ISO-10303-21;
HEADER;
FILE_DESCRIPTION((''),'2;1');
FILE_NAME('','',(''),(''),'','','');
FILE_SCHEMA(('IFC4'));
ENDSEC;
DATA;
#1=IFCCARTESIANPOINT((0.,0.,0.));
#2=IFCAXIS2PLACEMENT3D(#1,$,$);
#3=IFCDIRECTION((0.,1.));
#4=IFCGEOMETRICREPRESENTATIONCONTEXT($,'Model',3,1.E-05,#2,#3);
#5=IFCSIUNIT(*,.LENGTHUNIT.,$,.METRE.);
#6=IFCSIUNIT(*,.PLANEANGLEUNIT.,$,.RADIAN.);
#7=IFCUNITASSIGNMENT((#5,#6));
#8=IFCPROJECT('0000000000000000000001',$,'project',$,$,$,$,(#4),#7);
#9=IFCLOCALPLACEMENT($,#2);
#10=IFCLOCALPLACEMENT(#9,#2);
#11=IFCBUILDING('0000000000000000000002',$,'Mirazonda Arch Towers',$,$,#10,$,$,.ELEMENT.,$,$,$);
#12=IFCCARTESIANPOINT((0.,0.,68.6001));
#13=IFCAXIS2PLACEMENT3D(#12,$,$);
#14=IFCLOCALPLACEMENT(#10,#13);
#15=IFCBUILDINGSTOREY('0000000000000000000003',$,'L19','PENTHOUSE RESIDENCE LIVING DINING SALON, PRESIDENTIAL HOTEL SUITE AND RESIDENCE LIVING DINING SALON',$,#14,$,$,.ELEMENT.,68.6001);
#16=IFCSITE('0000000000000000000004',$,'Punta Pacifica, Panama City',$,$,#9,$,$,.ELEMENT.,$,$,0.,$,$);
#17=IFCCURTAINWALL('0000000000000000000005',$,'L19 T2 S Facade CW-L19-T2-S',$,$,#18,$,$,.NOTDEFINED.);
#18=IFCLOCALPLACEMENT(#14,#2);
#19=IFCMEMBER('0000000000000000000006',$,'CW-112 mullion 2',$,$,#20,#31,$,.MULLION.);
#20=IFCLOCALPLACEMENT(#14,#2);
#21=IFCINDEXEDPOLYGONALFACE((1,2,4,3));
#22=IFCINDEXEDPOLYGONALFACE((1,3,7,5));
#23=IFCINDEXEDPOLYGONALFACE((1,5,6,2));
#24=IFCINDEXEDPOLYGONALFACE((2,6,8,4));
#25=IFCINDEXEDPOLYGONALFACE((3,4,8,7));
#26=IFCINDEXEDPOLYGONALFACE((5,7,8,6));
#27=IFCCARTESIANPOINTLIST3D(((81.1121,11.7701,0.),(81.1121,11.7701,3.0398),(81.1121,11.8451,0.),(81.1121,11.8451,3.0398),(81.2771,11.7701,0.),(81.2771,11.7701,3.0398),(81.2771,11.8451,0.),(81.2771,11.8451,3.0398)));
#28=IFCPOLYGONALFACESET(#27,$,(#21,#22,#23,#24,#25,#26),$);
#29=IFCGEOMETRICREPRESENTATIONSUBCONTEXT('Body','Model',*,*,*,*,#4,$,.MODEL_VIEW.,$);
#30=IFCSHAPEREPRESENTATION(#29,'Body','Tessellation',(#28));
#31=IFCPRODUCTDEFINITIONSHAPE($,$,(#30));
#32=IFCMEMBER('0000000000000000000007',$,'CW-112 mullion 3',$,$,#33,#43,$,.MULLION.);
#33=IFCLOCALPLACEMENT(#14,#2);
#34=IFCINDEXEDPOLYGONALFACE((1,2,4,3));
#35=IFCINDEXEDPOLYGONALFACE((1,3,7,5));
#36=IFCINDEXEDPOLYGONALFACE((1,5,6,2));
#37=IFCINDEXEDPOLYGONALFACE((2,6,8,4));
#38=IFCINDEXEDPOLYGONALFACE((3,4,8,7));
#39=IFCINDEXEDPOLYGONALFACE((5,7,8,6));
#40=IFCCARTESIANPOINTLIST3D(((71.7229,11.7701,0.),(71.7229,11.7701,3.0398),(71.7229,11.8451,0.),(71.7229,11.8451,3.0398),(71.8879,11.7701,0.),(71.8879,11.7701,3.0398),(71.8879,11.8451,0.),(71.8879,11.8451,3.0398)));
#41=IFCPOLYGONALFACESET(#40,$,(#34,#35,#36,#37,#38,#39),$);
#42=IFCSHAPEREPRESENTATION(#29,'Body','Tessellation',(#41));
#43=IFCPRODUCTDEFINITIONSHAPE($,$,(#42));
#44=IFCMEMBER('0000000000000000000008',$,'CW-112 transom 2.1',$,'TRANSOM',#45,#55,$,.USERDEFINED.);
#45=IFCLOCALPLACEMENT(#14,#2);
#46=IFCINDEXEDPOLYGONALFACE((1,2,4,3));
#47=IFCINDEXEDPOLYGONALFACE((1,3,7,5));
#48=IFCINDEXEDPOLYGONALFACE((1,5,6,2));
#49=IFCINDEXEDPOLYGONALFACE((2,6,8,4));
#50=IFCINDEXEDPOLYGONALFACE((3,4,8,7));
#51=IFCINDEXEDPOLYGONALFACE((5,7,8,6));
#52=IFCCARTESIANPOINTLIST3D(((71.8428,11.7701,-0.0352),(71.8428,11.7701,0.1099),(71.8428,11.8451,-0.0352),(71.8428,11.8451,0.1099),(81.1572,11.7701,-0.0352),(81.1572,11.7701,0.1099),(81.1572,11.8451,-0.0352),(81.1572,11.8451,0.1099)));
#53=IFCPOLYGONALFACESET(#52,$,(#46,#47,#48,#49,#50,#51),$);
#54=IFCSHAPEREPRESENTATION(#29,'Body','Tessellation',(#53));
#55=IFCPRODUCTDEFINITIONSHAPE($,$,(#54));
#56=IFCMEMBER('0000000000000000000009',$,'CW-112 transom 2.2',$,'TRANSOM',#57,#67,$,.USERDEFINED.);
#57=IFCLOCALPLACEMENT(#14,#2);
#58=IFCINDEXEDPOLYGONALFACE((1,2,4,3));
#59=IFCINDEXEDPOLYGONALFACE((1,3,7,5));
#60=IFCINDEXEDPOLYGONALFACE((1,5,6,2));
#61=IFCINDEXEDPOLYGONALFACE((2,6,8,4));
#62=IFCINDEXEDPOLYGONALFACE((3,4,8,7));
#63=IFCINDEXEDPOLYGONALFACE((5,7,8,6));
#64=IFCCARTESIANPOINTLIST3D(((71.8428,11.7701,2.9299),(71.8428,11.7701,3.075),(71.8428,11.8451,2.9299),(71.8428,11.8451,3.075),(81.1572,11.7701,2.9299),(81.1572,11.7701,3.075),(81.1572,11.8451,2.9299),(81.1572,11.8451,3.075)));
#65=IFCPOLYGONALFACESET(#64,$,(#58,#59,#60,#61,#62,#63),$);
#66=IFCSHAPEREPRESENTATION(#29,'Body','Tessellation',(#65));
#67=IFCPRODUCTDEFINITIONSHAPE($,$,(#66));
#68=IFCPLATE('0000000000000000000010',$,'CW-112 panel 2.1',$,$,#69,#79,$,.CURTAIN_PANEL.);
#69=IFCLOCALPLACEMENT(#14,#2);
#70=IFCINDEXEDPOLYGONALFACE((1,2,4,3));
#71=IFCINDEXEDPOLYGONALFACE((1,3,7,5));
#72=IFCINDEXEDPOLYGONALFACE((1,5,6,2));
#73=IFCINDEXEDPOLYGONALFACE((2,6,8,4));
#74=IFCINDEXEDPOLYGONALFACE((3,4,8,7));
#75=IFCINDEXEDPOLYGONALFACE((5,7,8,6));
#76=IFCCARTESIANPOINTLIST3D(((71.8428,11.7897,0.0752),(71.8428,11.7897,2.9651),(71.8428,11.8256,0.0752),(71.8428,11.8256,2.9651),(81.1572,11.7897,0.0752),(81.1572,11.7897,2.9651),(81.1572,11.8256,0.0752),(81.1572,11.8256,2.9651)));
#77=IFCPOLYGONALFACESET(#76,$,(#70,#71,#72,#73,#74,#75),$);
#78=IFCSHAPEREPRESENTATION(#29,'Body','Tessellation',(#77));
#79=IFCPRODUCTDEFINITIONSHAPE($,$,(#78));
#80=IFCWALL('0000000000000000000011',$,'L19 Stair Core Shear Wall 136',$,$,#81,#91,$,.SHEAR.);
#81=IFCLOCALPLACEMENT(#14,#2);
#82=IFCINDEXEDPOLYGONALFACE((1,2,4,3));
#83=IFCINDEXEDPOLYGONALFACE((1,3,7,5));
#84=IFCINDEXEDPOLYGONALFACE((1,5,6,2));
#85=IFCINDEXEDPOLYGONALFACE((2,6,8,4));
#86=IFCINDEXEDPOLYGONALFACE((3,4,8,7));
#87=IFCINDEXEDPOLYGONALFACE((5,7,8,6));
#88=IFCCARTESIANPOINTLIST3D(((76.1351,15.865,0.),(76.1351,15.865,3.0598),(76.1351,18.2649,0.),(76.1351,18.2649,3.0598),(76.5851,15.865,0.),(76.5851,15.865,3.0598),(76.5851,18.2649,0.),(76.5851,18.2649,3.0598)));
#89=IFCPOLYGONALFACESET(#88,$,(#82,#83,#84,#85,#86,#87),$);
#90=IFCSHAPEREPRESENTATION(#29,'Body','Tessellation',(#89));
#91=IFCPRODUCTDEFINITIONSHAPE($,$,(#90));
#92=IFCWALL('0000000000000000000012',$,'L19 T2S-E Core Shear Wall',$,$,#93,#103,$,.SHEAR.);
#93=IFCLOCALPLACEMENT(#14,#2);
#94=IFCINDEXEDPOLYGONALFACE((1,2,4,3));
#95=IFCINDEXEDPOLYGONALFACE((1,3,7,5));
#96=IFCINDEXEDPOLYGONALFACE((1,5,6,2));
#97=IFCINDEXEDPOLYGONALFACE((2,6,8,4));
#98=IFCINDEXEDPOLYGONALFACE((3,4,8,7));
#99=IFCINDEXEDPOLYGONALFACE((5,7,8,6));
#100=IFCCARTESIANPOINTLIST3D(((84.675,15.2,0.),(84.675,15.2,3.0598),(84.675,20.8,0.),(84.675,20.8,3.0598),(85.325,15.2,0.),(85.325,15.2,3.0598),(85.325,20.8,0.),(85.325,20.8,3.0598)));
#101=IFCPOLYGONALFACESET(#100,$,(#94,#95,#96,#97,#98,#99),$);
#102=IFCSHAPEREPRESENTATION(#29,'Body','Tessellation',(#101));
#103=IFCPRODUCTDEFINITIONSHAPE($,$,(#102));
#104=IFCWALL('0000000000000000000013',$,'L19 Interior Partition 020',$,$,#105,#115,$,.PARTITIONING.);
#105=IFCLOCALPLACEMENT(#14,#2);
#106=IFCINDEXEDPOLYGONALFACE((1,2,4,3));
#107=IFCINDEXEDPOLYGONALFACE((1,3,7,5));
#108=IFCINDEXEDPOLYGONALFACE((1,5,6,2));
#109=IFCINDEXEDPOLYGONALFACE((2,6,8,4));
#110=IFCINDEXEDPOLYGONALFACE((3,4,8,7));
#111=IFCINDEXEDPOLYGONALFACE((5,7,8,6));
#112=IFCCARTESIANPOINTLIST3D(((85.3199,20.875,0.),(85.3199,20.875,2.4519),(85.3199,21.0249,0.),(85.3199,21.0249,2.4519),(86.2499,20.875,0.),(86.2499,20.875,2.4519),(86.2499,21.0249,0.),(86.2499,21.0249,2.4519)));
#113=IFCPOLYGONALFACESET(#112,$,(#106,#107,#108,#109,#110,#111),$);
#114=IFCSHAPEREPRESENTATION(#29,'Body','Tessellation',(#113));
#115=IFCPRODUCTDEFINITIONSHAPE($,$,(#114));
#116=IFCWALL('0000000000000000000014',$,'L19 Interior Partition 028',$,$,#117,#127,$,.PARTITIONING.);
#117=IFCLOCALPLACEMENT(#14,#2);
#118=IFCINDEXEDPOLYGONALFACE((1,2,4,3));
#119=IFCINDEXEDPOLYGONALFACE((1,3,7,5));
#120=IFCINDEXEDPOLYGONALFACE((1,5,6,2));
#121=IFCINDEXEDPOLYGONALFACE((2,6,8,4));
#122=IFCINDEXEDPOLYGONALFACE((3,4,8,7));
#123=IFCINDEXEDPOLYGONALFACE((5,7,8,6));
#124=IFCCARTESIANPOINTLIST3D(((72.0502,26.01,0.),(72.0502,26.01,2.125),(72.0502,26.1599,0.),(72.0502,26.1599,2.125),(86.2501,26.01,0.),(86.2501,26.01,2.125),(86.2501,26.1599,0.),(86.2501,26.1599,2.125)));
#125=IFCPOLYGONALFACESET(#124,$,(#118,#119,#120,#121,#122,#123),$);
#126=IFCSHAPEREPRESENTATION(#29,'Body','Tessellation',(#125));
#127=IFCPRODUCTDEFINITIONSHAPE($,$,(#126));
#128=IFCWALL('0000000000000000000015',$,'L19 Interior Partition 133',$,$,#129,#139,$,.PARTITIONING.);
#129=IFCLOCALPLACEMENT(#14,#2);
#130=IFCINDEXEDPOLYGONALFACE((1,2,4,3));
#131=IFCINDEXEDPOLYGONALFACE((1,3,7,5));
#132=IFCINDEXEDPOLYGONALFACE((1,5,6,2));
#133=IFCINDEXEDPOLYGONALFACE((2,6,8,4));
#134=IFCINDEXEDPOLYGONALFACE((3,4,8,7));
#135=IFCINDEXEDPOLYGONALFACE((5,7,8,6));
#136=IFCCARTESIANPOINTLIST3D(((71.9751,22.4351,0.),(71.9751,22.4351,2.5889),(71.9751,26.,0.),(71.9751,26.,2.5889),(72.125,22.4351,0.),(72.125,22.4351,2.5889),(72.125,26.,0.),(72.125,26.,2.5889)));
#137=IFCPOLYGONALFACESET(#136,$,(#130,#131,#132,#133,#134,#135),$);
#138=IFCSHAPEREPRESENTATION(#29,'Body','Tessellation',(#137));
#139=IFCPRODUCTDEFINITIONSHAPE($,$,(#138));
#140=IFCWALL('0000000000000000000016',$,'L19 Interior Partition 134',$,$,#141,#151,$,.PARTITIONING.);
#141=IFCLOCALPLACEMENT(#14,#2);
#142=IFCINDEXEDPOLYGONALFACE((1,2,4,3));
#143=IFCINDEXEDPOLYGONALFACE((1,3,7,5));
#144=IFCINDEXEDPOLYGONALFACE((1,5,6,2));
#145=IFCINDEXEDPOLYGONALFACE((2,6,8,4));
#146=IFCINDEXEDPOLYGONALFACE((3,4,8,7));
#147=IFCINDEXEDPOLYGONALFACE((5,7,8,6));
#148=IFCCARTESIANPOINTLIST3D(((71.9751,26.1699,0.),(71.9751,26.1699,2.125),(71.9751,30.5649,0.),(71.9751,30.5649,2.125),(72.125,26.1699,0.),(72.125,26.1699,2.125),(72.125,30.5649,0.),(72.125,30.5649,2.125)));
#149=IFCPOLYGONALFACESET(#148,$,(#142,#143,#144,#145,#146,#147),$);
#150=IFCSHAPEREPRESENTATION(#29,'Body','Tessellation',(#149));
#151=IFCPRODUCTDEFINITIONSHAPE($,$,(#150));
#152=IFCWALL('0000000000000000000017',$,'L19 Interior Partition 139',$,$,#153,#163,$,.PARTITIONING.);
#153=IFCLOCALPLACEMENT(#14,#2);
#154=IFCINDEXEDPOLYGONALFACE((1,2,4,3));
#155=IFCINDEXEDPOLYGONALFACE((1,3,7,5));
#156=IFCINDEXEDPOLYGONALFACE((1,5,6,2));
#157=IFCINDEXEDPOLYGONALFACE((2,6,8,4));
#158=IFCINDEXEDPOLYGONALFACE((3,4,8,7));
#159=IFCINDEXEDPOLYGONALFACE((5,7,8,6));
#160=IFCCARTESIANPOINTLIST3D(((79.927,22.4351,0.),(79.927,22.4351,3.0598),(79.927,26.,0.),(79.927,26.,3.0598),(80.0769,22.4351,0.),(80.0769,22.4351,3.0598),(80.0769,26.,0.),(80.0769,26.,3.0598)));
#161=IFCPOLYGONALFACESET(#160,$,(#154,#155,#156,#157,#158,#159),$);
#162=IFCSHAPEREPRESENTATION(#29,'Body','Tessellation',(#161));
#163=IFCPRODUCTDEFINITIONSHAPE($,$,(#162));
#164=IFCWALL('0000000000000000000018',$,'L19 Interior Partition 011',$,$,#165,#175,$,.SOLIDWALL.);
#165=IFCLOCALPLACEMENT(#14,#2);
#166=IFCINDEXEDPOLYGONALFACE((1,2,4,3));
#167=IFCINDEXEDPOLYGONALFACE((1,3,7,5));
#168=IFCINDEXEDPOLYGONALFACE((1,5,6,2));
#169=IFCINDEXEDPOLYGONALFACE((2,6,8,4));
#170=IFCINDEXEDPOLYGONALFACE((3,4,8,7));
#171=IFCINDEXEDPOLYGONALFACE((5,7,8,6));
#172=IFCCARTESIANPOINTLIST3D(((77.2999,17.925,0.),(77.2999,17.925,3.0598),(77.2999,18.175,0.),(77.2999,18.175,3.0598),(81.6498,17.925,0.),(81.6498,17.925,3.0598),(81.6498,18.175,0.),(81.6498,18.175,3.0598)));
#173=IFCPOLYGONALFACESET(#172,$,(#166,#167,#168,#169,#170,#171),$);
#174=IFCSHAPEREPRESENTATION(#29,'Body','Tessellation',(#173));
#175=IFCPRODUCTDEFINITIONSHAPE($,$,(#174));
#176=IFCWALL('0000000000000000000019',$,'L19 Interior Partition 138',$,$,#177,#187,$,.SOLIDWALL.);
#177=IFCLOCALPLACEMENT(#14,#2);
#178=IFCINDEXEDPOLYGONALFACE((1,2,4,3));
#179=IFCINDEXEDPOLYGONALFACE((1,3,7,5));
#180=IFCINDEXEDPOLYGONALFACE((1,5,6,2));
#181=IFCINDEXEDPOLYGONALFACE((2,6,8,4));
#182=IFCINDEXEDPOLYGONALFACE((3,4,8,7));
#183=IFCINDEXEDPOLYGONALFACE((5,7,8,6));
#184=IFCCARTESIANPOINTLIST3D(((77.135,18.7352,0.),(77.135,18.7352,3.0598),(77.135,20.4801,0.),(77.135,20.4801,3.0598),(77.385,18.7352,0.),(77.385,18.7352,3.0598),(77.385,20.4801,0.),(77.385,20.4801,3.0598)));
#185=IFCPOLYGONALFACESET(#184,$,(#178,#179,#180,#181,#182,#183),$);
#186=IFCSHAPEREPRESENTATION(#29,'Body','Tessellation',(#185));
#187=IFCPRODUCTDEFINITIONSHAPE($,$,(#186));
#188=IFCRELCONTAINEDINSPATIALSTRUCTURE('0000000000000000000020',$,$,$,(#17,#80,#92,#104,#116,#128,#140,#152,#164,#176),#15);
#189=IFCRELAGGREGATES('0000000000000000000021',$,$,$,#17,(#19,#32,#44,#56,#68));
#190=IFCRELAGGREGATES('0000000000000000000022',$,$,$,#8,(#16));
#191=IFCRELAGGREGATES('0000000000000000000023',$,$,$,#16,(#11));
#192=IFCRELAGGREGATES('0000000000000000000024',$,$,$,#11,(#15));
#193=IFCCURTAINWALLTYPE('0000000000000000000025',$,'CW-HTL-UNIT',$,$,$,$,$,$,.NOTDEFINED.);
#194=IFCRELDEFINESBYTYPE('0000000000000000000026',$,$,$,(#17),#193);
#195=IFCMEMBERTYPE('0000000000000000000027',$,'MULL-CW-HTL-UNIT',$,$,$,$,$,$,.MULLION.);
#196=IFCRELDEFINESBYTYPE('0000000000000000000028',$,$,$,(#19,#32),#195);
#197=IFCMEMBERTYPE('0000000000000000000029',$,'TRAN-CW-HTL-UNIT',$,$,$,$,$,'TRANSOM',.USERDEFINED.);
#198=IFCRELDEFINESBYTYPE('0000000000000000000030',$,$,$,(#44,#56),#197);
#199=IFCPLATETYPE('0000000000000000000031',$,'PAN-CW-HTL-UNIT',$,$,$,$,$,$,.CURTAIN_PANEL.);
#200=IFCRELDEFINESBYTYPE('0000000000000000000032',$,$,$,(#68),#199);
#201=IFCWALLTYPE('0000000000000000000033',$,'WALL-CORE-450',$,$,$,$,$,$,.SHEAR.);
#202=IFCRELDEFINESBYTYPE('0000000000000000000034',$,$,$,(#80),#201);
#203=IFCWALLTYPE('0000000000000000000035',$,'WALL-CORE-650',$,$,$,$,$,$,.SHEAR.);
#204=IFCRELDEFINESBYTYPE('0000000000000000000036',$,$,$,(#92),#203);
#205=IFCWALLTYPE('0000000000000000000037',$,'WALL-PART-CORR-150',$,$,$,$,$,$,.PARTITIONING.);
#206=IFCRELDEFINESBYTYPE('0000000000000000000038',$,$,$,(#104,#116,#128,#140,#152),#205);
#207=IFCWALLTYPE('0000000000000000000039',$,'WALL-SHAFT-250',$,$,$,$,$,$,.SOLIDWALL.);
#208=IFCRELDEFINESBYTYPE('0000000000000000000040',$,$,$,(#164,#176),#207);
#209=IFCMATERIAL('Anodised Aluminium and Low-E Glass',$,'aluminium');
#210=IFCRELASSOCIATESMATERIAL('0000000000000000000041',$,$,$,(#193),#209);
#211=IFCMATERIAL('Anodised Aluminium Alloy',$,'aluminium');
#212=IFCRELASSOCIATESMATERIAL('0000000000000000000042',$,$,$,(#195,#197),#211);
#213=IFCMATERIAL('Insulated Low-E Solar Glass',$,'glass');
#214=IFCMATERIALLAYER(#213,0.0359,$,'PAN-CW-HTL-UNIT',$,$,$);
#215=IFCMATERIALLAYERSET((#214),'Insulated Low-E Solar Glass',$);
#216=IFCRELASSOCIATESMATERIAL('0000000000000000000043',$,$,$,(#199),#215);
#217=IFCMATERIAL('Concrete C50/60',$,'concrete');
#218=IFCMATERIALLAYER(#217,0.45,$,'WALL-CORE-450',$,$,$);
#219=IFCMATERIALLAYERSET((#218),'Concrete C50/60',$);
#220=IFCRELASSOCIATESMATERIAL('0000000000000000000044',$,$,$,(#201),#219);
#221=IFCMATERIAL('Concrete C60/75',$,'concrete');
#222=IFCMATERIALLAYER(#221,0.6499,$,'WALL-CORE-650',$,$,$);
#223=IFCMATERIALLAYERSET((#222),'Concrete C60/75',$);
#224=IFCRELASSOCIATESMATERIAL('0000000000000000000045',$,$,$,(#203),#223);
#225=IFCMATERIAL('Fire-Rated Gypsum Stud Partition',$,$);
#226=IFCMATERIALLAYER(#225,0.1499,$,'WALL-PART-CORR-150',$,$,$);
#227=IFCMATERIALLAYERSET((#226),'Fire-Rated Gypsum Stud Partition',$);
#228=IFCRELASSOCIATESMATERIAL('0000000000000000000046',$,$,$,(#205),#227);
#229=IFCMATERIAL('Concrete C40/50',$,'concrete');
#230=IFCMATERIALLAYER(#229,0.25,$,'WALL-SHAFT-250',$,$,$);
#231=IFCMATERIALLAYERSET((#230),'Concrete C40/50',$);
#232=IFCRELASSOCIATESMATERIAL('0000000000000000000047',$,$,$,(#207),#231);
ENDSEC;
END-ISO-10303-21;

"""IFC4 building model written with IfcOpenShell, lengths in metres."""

from ifc_helpers import new_model, si_unit, direction, frame, frame_2d, origin, origin_2d, place, context, subcontext, project, spatial, rectangle, extrude, material, layer, layer_set, material_profile, profile_set, type_object, element, aggregate, save


model = new_model("IFC4")

# Units and contexts
model_context = context("Model", 3, precision=1e-05, world=origin(), true_north=direction((0.0, 1.0)))
body_context = subcontext(model_context, "Body", "Model", "MODEL_VIEW")
ifc_project = project(units=[si_unit("LENGTHUNIT", "METRE"), si_unit("PLANEANGLEUNIT", "RADIAN")], contexts=[model_context])

# Site, building, storey
site_placement = place(None, origin())
site = spatial("IfcSite", under=ifc_project, at=site_placement, Name="Punta Pacifica, Panama City", CompositionType="ELEMENT", RefElevation=0.0)
building_placement = place(site_placement, origin())
building = spatial("IfcBuilding", under=site, at=building_placement, Name="Mirazonda Arch Towers", CompositionType="ELEMENT")
storey_placement = place(building_placement, frame((0.0, 0.0, 68.6001)))
storey = spatial("IfcBuildingStorey", under=building, at=storey_placement, Name="L19", Description="PENTHOUSE RESIDENCE LIVING DINING SALON, PRESIDENTIAL HOTEL SUITE AND RESIDENCE LIVING DINING SALON", CompositionType="ELEMENT", Elevation=68.6001)

# Shared definitions
ifc_material_1 = material(Name="Concrete C60/75", Category="concrete")

# Curtain wall, members, plate
ifc_material_2 = material(Name="Anodised Aluminium and Low-E Glass", Category="aluminium")
curtain_wall_type = type_object("IfcCurtainWallType", Name="CW-HTL-UNIT", PredefinedType="NOTDEFINED", material=ifc_material_2)
curtain_wall_placement = place(storey_placement, origin())
curtain_wall = element("IfcCurtainWall", 1, at=curtain_wall_placement, inside=storey, type_object=curtain_wall_type, Name="L19 T2 S Facade CW-L19-T2-S", PredefinedType="NOTDEFINED")
ifc_material_3 = material(Name="Anodised Aluminium Alloy", Category="aluminium")
ifc_material_profile_1 = material_profile(ifc_material_3, rectangle(XDim=0.075, YDim=0.165, at=origin_2d()), Name="ALU-MULL-75x165")
ifc_profile_set_1 = profile_set([ifc_material_profile_1], Name="Anodised Aluminium Alloy")
member_type_1 = type_object("IfcMemberType", Name="MULL-CW-HTL-UNIT", PredefinedType="MULLION", material=ifc_profile_set_1)
member_1_placement = place(storey_placement, frame((81.1946, 11.8076, 0.0), z_axis=(0.0, 0.0, 1.0), x_axis=(0.0, -1.0, 0.0)))
member_1 = element("IfcMember", 2, at=member_1_placement, type_object=member_type_1, Name="CW-112 mullion 2", PredefinedType="MULLION", context=body_context, shape_type="SweptSolid", body=[
    extrude(rectangle(XDim=0.075, YDim=0.165, at=origin_2d()), origin(), (0.0, 0.0, 1.0), 3.0398),
])
member_2_placement = place(storey_placement, frame((71.8054, 11.8076, 0.0), z_axis=(0.0, 0.0, 1.0), x_axis=(0.0, -1.0, 0.0)))
member_2 = element("IfcMember", 3, at=member_2_placement, type_object=member_type_1, Name="CW-112 mullion 3", PredefinedType="MULLION", context=body_context, shape_type="SweptSolid", body=[
    extrude(rectangle(XDim=0.075, YDim=0.165, at=origin_2d()), origin(), (0.0, 0.0, 1.0), 3.0398),
])
ifc_material_profile_2 = material_profile(ifc_material_3, rectangle(XDim=0.075, YDim=0.145, at=origin_2d()), Name="ALU-TRAN-75x145")
ifc_profile_set_2 = profile_set([ifc_material_profile_2], Name="Anodised Aluminium Alloy")
member_type_2 = type_object("IfcMemberType", Name="TRAN-CW-HTL-UNIT", ElementType="TRANSOM", PredefinedType="USERDEFINED", material=ifc_profile_set_2)
member_3_placement = place(storey_placement, frame((81.1572, 11.8076, 0.0374), z_axis=(-1.0, 0.0, 0.0), x_axis=(0.0, -1.0, 0.0)))
member_3 = element("IfcMember", 4, at=member_3_placement, type_object=member_type_2, Name="CW-112 transom 2.1", ObjectType="TRANSOM", PredefinedType="USERDEFINED", context=body_context, shape_type="SweptSolid", body=[
    extrude(rectangle(XDim=0.075, YDim=0.145, at=origin_2d()), origin(), (0.0, 0.0, 1.0), 9.3145),
])
member_4_placement = place(storey_placement, frame((81.1572, 11.8076, 3.0024), z_axis=(-1.0, 0.0, 0.0), x_axis=(0.0, -1.0, 0.0)))
member_4 = element("IfcMember", 5, at=member_4_placement, type_object=member_type_2, Name="CW-112 transom 2.2", ObjectType="TRANSOM", PredefinedType="USERDEFINED", context=body_context, shape_type="SweptSolid", body=[
    extrude(rectangle(XDim=0.075, YDim=0.145, at=origin_2d()), origin(), (0.0, 0.0, 1.0), 9.3145),
])
ifc_material_4 = material(Name="Insulated Low-E Solar Glass", Category="glass")
ifc_layer_1 = layer(ifc_material_4, 0.0359, Name="PAN-CW-HTL-UNIT")
ifc_layer_set_1 = layer_set([ifc_layer_1], Name="Insulated Low-E Solar Glass")
plate_type = type_object("IfcPlateType", Name="PAN-CW-HTL-UNIT", PredefinedType="CURTAIN_PANEL", material=ifc_layer_set_1)
plate_placement = place(storey_placement, frame((76.5, 11.8076, 0.0752), z_axis=(0.0, 0.0, 1.0), x_axis=(-1.0, 0.0, 0.0)))
plate = element("IfcPlate", 6, at=plate_placement, type_object=plate_type, Name="CW-112 panel 2.1", PredefinedType="CURTAIN_PANEL", context=body_context, shape_type="SweptSolid", body=[
    extrude(rectangle(XDim=9.3145, YDim=0.0359, at=origin_2d()), origin(), (0.0, 0.0, 1.0), 2.8899),
])
aggregate(curtain_wall, [member_1, member_2, member_3, member_4, plate])

# Walls
ifc_material_5 = material(Name="Concrete C50/60", Category="concrete")
ifc_layer_2 = layer(ifc_material_5, 0.45, Name="WALL-CORE-450")
ifc_layer_set_2 = layer_set([ifc_layer_2], Name="Concrete C50/60")
wall_type_1 = type_object("IfcWallType", Name="WALL-CORE-450", PredefinedType="SHEAR", material=ifc_layer_set_2)
wall_1_placement = place(storey_placement, frame((76.3601, 15.865, 0.0), z_axis=(0.0, 0.0, 1.0), x_axis=(0.0, 1.0, 0.0)))
element("IfcWall", 7, at=wall_1_placement, inside=storey, type_object=wall_type_1, Name="L19 Stair Core Shear Wall 136", PredefinedType="SHEAR", context=body_context, shape_type="SweptSolid", body=[
    extrude(rectangle(XDim=2.3999, YDim=0.45, at=frame_2d((1.2, 0.0))), origin(), (0.0, 0.0, 1.0), 3.0598),
])
ifc_layer_3 = layer(ifc_material_1, 0.6499, Name="WALL-CORE-650")
ifc_layer_set_3 = layer_set([ifc_layer_3], Name="Concrete C60/75")
wall_type_2 = type_object("IfcWallType", Name="WALL-CORE-650", PredefinedType="SHEAR", material=ifc_layer_set_3)
wall_2_placement = place(storey_placement, frame((85.0, 15.2, 0.0), z_axis=(0.0, 0.0, 1.0), x_axis=(0.0, 1.0, 0.0)))
element("IfcWall", 8, at=wall_2_placement, inside=storey, type_object=wall_type_2, Name="L19 T2S-E Core Shear Wall", PredefinedType="SHEAR", context=body_context, shape_type="SweptSolid", body=[
    extrude(rectangle(XDim=5.6001, YDim=0.6499, at=frame_2d((2.8, 0.0))), origin(), (0.0, 0.0, 1.0), 3.0598),
])
ifc_material_6 = material(Name="Fire-Rated Gypsum Stud Partition")
ifc_layer_4 = layer(ifc_material_6, 0.1499, Name="WALL-PART-CORR-150")
ifc_layer_set_4 = layer_set([ifc_layer_4], Name="Fire-Rated Gypsum Stud Partition")
wall_type_3 = type_object("IfcWallType", Name="WALL-PART-CORR-150", PredefinedType="PARTITIONING", material=ifc_layer_set_4)
wall_3_placement = place(storey_placement, frame((85.3201, 20.95, 0.0), z_axis=(0.0, 0.0, 1.0), x_axis=(1.0, 0.0, 0.0)))
element("IfcWall", 9, at=wall_3_placement, inside=storey, type_object=wall_type_3, Name="L19 Interior Partition 020", PredefinedType="PARTITIONING", context=body_context, shape_type="SweptSolid", body=[
    extrude(rectangle(XDim=0.9299, YDim=0.1499, at=frame_2d((0.4648, 0.0))), origin(), (0.0, 0.0, 1.0), 2.4519),
])
wall_4_placement = place(storey_placement, frame((72.05, 26.085, 0.0), z_axis=(0.0, 0.0, 1.0), x_axis=(1.0, 0.0, 0.0)))
element("IfcWall", 10, at=wall_4_placement, inside=storey, type_object=wall_type_3, Name="L19 Interior Partition 028", PredefinedType="PARTITIONING", context=body_context, shape_type="SweptSolid", body=[
    extrude(rectangle(XDim=14.2, YDim=0.1499, at=frame_2d((7.1001, 0.0))), origin(), (0.0, 0.0, 1.0), 2.125),
])
wall_5_placement = place(storey_placement, frame((72.05, 22.4351, 0.0), z_axis=(0.0, 0.0, 1.0), x_axis=(0.0, 1.0, 0.0)))
element("IfcWall", 11, at=wall_5_placement, inside=storey, type_object=wall_type_3, Name="L19 Interior Partition 133", PredefinedType="PARTITIONING", context=body_context, shape_type="SweptSolid", body=[
    extrude(rectangle(XDim=3.5649, YDim=0.1499, at=frame_2d((1.7825, 0.0))), origin(), (0.0, 0.0, 1.0), 2.5889),
])
wall_6_placement = place(storey_placement, frame((72.05, 26.1699, 0.0), z_axis=(0.0, 0.0, 1.0), x_axis=(0.0, 1.0, 0.0)))
element("IfcWall", 12, at=wall_6_placement, inside=storey, type_object=wall_type_3, Name="L19 Interior Partition 134", PredefinedType="PARTITIONING", context=body_context, shape_type="SweptSolid", body=[
    extrude(rectangle(XDim=4.395, YDim=0.1499, at=frame_2d((2.1975, 0.0))), origin(), (0.0, 0.0, 1.0), 2.125),
])
wall_7_placement = place(storey_placement, frame((80.002, 22.4351, 0.0), z_axis=(0.0, 0.0, 1.0), x_axis=(0.0, 1.0, 0.0)))
element("IfcWall", 13, at=wall_7_placement, inside=storey, type_object=wall_type_3, Name="L19 Interior Partition 139", PredefinedType="PARTITIONING", context=body_context, shape_type="SweptSolid", body=[
    extrude(rectangle(XDim=3.5649, YDim=0.1499, at=frame_2d((1.7825, 0.0))), origin(), (0.0, 0.0, 1.0), 3.0598),
])
ifc_material_7 = material(Name="Concrete C40/50", Category="concrete")
ifc_layer_5 = layer(ifc_material_7, 0.25, Name="WALL-SHAFT-250")
ifc_layer_set_5 = layer_set([ifc_layer_5], Name="Concrete C40/50")
wall_type_4 = type_object("IfcWallType", Name="WALL-SHAFT-250", PredefinedType="SOLIDWALL", material=ifc_layer_set_5)
wall_8_placement = place(storey_placement, frame((77.3, 18.05, 0.0), z_axis=(0.0, 0.0, 1.0), x_axis=(1.0, 0.0, 0.0)))
element("IfcWall", 14, at=wall_8_placement, inside=storey, type_object=wall_type_4, Name="L19 Interior Partition 011", PredefinedType="SOLIDWALL", context=body_context, shape_type="SweptSolid", body=[
    extrude(rectangle(XDim=4.3499, YDim=0.25, at=frame_2d((2.1748, 0.0))), origin(), (0.0, 0.0, 1.0), 3.0598),
])
wall_9_placement = place(storey_placement, frame((77.26, 18.7351, 0.0), z_axis=(0.0, 0.0, 1.0), x_axis=(0.0, 1.0, 0.0)))
element("IfcWall", 15, at=wall_9_placement, inside=storey, type_object=wall_type_4, Name="L19 Interior Partition 138", PredefinedType="SOLIDWALL", context=body_context, shape_type="SweptSolid", body=[
    extrude(rectangle(XDim=1.7449, YDim=0.25, at=frame_2d((0.8726, 0.0))), origin(), (0.0, 0.0, 1.0), 3.0598),
])

save(model, "model.ifc")
